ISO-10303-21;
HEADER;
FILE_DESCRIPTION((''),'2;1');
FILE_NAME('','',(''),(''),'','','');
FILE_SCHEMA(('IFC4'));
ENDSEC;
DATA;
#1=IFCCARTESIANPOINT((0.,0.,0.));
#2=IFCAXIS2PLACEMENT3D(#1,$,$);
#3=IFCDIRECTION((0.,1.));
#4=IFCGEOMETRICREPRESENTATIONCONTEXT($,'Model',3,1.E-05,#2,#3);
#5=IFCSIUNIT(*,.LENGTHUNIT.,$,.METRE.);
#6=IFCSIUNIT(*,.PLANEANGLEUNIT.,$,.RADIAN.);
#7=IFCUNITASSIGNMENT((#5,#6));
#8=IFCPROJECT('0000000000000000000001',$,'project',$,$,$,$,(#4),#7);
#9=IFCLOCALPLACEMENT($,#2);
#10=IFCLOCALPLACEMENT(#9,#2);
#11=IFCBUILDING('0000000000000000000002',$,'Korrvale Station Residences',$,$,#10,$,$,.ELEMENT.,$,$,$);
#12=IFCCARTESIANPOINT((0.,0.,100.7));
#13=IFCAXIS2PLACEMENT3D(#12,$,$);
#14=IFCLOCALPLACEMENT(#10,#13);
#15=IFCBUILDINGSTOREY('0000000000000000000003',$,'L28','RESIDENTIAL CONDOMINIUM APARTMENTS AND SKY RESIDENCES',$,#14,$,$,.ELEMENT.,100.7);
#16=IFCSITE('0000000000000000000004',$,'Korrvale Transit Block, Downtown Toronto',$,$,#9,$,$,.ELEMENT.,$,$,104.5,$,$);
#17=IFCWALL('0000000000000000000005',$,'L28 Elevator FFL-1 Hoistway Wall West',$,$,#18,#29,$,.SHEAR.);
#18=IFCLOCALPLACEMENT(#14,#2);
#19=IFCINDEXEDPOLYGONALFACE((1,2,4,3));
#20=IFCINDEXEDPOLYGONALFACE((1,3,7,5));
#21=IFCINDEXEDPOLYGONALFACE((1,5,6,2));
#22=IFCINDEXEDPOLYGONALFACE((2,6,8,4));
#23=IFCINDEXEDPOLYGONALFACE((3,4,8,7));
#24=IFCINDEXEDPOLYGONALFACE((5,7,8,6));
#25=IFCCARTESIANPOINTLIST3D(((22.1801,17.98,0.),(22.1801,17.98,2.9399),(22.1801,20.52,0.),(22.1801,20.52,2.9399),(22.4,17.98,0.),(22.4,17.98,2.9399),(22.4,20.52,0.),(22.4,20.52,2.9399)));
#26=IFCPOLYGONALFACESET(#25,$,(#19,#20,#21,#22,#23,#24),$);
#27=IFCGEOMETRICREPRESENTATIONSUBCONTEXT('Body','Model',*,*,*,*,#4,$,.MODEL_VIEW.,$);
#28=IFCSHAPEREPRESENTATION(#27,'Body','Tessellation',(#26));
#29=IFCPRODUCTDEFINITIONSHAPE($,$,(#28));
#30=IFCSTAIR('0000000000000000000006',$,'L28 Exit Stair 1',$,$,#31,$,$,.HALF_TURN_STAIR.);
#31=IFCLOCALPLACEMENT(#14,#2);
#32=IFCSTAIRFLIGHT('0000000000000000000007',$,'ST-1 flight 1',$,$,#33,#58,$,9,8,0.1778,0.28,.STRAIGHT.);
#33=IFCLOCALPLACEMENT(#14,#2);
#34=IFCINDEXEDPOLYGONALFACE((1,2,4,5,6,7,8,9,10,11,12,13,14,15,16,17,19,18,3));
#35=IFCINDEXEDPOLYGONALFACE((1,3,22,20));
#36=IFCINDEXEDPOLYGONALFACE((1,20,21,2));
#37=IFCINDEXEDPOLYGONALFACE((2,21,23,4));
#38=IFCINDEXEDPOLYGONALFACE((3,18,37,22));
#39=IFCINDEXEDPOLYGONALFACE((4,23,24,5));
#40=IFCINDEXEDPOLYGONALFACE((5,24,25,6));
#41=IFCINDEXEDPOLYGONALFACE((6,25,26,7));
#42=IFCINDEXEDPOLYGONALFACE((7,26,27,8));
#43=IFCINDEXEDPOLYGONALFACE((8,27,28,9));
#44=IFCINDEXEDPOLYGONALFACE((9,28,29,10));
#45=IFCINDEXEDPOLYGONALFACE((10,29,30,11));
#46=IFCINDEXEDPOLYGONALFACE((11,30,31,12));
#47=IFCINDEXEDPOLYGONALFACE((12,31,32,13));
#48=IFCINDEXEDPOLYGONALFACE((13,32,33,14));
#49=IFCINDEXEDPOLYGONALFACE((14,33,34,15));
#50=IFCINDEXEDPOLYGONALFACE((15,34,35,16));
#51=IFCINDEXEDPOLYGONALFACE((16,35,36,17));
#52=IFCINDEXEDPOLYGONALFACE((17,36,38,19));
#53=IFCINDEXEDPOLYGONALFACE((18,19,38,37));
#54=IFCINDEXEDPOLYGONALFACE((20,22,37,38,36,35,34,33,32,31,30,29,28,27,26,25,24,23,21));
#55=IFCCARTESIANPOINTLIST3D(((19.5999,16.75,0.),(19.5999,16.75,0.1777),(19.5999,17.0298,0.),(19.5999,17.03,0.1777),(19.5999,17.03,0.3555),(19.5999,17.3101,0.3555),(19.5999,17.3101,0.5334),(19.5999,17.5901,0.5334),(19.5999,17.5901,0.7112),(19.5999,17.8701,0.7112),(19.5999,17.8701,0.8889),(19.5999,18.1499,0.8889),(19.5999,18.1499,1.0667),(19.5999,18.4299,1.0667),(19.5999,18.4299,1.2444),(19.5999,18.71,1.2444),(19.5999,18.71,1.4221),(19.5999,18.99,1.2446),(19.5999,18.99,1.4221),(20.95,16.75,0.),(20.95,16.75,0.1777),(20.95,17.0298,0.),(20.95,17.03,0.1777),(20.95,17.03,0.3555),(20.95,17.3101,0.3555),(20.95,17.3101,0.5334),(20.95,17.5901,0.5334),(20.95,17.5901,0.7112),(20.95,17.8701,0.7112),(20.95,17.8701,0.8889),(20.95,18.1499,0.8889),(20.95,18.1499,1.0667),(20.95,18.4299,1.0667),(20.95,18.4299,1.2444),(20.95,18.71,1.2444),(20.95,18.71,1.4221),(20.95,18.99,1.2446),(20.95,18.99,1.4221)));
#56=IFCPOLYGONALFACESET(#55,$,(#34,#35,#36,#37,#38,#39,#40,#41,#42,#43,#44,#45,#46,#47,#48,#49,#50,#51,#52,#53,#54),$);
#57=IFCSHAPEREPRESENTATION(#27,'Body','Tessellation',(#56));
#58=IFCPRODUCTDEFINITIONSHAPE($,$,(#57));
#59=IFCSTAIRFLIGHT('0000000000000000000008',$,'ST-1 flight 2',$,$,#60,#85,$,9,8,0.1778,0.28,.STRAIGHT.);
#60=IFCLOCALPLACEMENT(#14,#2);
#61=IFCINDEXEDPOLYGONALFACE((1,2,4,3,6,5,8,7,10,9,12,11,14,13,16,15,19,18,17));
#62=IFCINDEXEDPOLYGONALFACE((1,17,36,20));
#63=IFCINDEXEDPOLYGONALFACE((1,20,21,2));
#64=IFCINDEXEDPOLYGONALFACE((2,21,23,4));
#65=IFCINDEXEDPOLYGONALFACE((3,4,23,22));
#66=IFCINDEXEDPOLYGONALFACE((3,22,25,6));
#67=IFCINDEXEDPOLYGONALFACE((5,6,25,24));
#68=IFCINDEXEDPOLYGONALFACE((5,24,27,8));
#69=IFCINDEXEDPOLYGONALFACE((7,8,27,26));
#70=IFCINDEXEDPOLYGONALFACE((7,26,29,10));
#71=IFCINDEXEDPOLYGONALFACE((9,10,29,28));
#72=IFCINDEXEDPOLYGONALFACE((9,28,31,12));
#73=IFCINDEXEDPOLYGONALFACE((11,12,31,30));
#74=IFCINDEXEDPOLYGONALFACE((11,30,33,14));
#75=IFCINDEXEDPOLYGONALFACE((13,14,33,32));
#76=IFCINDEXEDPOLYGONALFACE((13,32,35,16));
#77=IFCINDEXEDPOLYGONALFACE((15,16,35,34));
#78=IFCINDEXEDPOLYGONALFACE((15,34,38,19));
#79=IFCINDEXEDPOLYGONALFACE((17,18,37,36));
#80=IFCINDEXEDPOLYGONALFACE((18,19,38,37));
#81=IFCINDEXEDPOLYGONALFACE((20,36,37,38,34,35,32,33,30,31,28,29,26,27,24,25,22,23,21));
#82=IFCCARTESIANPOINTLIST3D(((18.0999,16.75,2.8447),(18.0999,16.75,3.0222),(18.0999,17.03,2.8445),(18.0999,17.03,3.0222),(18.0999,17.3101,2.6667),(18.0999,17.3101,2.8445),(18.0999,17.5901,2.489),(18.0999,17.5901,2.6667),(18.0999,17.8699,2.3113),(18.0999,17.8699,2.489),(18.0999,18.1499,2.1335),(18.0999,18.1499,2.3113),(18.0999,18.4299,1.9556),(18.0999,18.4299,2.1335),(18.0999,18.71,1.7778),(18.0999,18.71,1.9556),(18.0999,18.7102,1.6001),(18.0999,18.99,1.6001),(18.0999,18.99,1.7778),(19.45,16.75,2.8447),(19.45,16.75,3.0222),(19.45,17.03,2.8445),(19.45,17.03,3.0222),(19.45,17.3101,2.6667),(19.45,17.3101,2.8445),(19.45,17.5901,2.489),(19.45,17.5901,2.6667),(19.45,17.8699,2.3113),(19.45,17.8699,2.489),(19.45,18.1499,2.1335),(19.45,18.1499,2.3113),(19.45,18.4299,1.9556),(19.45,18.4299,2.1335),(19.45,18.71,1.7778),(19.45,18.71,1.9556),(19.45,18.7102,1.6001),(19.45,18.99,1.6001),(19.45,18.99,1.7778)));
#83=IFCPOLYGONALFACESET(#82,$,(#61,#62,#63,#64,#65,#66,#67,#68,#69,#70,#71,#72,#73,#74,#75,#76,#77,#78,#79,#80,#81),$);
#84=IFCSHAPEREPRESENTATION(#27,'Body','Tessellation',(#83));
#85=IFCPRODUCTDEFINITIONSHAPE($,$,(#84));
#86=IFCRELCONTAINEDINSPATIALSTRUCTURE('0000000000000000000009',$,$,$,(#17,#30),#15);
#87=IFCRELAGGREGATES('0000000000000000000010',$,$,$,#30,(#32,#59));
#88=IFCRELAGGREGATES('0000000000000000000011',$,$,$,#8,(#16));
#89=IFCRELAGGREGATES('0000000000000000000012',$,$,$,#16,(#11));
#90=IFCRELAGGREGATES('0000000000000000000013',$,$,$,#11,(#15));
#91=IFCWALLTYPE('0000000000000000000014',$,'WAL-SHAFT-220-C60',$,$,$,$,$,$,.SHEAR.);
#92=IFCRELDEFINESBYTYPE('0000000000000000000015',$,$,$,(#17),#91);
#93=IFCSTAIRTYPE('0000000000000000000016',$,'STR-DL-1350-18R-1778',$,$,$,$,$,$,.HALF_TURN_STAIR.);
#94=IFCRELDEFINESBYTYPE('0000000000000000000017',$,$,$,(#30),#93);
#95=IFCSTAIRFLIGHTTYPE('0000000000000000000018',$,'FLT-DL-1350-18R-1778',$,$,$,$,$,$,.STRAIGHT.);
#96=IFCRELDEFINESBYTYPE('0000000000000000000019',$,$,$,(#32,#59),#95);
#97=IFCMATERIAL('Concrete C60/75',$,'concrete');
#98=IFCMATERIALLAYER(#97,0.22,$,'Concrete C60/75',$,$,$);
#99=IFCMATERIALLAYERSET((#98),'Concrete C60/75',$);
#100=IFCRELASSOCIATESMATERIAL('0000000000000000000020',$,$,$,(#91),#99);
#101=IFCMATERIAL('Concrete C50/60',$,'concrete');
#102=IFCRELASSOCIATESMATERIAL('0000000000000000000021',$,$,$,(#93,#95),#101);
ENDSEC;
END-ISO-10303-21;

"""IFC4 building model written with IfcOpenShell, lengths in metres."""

from ifc_helpers import new_model, si_unit, direction, frame, frame_2d, origin, place, context, subcontext, project, spatial, polyline, rectangle, outline, extrude, material, layer, layer_set, type_object, element, aggregate, save


model = new_model("IFC4")

# Units and contexts
model_context = context("Model", 3, precision=1e-05, world=origin(), true_north=direction((0.0, 1.0)))
body_context = subcontext(model_context, "Body", "Model", "MODEL_VIEW")
ifc_project = project(units=[si_unit("LENGTHUNIT", "METRE"), si_unit("PLANEANGLEUNIT", "RADIAN")], contexts=[model_context])

# Site, building, storey
site_placement = place(None, origin())
site = spatial("IfcSite", under=ifc_project, at=site_placement, Name="Korrvale Transit Block, Downtown Toronto", CompositionType="ELEMENT", RefElevation=104.5)
building_placement = place(site_placement, origin())
building = spatial("IfcBuilding", under=site, at=building_placement, Name="Korrvale Station Residences", CompositionType="ELEMENT")
storey_placement = place(building_placement, frame((0.0, 0.0, 100.7)))
storey = spatial("IfcBuildingStorey", under=building, at=storey_placement, Name="L28", Description="RESIDENTIAL CONDOMINIUM APARTMENTS AND SKY RESIDENCES", CompositionType="ELEMENT", Elevation=100.7)

# Shared definitions
ifc_material_1 = material(Name="Concrete C60/75", Category="concrete")

# Shared definitions
ifc_layer_1 = layer(ifc_material_1, 0.22, Name="Concrete C60/75")
ifc_layer_set_1 = layer_set([ifc_layer_1], Name="Concrete C60/75")
wall_type_1 = type_object("IfcWallType", Name="WAL-SHAFT-220-C60", PredefinedType="SHEAR", material=ifc_layer_set_1)

# Wall
wall_1_placement = place(storey_placement, frame((22.29, 17.98, 0.0), z_axis=(0.0, 0.0, 1.0), x_axis=(0.0, 1.0, 0.0)))
element("IfcWall", 1, at=wall_1_placement, inside=storey, type_object=wall_type_1, Name="L28 Elevator FFL-1 Hoistway Wall West", PredefinedType="SHEAR", context=body_context, shape_type="SweptSolid", body=[
    extrude(rectangle(XDim=2.54, YDim=0.22, at=frame_2d((1.27, 0.0))), origin(), (0.0, 0.0, 1.0), 2.9399),
])

# Stair, stair flights
ifc_material_2 = material(Name="Concrete C50/60", Category="concrete")
stair_type = type_object("IfcStairType", Name="STR-DL-1350-18R-1778", PredefinedType="HALF_TURN_STAIR", material=ifc_material_2)
stair_placement = place(storey_placement, origin())
stair = element("IfcStair", 2, at=stair_placement, inside=storey, type_object=stair_type, Name="L28 Exit Stair 1", PredefinedType="HALF_TURN_STAIR")
stair_flight_type = type_object("IfcStairFlightType", Name="FLT-DL-1350-18R-1778", PredefinedType="STRAIGHT", material=ifc_material_2)
stair_flight_1_placement = place(storey_placement, frame((20.2749, 16.75, 0.0), z_axis=(0.0, 0.0, 1.0), x_axis=(0.0, 1.0, 0.0)))
stair_flight_1 = element("IfcStairFlight", 3, at=stair_flight_1_placement, type_object=stair_flight_type, Name="ST-1 flight 1", NumberOfRisers=9, NumberOfTreads=8, PredefinedType="STRAIGHT", RiserHeight=0.1778, TreadLength=0.28, context=body_context, shape_type="SweptSolid", body=[
    extrude(outline(polyline([(0.0, 0.0), (0.0, 0.1777), (0.28, 0.1777), (0.28, 0.3555), (0.5601, 0.3555), (0.5601, 0.5334), (0.8401, 0.5334), (0.8401, 0.7112), (1.1201, 0.7112), (1.1201, 0.8889), (1.3999, 0.8889), (1.3999, 1.0667), (1.6799, 1.0667), (1.6799, 1.2444), (1.96, 1.2444), (1.96, 1.4221), (2.24, 1.4221), (2.24, 1.6001), (2.24, 1.2446), (0.2798, 0.0), (0.0, 0.0)])), frame((0.0, 0.675, 0.0), z_axis=(0.0, -1.0, 0.0), x_axis=(1.0, 0.0, 0.0)), (0.0, 0.0, 1.0), 1.3501),
])
stair_flight_2_placement = place(storey_placement, frame((18.7749, 18.99, 1.6001), z_axis=(0.0, 0.0, 1.0), x_axis=(0.0, -1.0, 0.0)))
stair_flight_2 = element("IfcStairFlight", 4, at=stair_flight_2_placement, type_object=stair_flight_type, Name="ST-1 flight 2", NumberOfRisers=9, NumberOfTreads=8, PredefinedType="STRAIGHT", RiserHeight=0.1778, TreadLength=0.28, context=body_context, shape_type="SweptSolid", body=[
    extrude(outline(polyline([(0.0, 0.0), (0.0, 0.1777), (0.28, 0.1777), (0.28, 0.3555), (0.5601, 0.3555), (0.5601, 0.5334), (0.8401, 0.5334), (0.8401, 0.7112), (1.1201, 0.7112), (1.1201, 0.8889), (1.3999, 0.8889), (1.3999, 1.0667), (1.6799, 1.0667), (1.6799, 1.2444), (1.96, 1.2444), (1.96, 1.4221), (2.24, 1.4221), (2.24, 1.6001), (2.24, 1.2446), (0.2798, 0.0), (0.0, 0.0)])), frame((0.0, 0.675, 0.0), z_axis=(0.0, -1.0, 0.0), x_axis=(1.0, 0.0, 0.0)), (0.0, 0.0, 1.0), 1.3501),
])
aggregate(stair, [stair_flight_1, stair_flight_2])

save(model, "model.ifc")
